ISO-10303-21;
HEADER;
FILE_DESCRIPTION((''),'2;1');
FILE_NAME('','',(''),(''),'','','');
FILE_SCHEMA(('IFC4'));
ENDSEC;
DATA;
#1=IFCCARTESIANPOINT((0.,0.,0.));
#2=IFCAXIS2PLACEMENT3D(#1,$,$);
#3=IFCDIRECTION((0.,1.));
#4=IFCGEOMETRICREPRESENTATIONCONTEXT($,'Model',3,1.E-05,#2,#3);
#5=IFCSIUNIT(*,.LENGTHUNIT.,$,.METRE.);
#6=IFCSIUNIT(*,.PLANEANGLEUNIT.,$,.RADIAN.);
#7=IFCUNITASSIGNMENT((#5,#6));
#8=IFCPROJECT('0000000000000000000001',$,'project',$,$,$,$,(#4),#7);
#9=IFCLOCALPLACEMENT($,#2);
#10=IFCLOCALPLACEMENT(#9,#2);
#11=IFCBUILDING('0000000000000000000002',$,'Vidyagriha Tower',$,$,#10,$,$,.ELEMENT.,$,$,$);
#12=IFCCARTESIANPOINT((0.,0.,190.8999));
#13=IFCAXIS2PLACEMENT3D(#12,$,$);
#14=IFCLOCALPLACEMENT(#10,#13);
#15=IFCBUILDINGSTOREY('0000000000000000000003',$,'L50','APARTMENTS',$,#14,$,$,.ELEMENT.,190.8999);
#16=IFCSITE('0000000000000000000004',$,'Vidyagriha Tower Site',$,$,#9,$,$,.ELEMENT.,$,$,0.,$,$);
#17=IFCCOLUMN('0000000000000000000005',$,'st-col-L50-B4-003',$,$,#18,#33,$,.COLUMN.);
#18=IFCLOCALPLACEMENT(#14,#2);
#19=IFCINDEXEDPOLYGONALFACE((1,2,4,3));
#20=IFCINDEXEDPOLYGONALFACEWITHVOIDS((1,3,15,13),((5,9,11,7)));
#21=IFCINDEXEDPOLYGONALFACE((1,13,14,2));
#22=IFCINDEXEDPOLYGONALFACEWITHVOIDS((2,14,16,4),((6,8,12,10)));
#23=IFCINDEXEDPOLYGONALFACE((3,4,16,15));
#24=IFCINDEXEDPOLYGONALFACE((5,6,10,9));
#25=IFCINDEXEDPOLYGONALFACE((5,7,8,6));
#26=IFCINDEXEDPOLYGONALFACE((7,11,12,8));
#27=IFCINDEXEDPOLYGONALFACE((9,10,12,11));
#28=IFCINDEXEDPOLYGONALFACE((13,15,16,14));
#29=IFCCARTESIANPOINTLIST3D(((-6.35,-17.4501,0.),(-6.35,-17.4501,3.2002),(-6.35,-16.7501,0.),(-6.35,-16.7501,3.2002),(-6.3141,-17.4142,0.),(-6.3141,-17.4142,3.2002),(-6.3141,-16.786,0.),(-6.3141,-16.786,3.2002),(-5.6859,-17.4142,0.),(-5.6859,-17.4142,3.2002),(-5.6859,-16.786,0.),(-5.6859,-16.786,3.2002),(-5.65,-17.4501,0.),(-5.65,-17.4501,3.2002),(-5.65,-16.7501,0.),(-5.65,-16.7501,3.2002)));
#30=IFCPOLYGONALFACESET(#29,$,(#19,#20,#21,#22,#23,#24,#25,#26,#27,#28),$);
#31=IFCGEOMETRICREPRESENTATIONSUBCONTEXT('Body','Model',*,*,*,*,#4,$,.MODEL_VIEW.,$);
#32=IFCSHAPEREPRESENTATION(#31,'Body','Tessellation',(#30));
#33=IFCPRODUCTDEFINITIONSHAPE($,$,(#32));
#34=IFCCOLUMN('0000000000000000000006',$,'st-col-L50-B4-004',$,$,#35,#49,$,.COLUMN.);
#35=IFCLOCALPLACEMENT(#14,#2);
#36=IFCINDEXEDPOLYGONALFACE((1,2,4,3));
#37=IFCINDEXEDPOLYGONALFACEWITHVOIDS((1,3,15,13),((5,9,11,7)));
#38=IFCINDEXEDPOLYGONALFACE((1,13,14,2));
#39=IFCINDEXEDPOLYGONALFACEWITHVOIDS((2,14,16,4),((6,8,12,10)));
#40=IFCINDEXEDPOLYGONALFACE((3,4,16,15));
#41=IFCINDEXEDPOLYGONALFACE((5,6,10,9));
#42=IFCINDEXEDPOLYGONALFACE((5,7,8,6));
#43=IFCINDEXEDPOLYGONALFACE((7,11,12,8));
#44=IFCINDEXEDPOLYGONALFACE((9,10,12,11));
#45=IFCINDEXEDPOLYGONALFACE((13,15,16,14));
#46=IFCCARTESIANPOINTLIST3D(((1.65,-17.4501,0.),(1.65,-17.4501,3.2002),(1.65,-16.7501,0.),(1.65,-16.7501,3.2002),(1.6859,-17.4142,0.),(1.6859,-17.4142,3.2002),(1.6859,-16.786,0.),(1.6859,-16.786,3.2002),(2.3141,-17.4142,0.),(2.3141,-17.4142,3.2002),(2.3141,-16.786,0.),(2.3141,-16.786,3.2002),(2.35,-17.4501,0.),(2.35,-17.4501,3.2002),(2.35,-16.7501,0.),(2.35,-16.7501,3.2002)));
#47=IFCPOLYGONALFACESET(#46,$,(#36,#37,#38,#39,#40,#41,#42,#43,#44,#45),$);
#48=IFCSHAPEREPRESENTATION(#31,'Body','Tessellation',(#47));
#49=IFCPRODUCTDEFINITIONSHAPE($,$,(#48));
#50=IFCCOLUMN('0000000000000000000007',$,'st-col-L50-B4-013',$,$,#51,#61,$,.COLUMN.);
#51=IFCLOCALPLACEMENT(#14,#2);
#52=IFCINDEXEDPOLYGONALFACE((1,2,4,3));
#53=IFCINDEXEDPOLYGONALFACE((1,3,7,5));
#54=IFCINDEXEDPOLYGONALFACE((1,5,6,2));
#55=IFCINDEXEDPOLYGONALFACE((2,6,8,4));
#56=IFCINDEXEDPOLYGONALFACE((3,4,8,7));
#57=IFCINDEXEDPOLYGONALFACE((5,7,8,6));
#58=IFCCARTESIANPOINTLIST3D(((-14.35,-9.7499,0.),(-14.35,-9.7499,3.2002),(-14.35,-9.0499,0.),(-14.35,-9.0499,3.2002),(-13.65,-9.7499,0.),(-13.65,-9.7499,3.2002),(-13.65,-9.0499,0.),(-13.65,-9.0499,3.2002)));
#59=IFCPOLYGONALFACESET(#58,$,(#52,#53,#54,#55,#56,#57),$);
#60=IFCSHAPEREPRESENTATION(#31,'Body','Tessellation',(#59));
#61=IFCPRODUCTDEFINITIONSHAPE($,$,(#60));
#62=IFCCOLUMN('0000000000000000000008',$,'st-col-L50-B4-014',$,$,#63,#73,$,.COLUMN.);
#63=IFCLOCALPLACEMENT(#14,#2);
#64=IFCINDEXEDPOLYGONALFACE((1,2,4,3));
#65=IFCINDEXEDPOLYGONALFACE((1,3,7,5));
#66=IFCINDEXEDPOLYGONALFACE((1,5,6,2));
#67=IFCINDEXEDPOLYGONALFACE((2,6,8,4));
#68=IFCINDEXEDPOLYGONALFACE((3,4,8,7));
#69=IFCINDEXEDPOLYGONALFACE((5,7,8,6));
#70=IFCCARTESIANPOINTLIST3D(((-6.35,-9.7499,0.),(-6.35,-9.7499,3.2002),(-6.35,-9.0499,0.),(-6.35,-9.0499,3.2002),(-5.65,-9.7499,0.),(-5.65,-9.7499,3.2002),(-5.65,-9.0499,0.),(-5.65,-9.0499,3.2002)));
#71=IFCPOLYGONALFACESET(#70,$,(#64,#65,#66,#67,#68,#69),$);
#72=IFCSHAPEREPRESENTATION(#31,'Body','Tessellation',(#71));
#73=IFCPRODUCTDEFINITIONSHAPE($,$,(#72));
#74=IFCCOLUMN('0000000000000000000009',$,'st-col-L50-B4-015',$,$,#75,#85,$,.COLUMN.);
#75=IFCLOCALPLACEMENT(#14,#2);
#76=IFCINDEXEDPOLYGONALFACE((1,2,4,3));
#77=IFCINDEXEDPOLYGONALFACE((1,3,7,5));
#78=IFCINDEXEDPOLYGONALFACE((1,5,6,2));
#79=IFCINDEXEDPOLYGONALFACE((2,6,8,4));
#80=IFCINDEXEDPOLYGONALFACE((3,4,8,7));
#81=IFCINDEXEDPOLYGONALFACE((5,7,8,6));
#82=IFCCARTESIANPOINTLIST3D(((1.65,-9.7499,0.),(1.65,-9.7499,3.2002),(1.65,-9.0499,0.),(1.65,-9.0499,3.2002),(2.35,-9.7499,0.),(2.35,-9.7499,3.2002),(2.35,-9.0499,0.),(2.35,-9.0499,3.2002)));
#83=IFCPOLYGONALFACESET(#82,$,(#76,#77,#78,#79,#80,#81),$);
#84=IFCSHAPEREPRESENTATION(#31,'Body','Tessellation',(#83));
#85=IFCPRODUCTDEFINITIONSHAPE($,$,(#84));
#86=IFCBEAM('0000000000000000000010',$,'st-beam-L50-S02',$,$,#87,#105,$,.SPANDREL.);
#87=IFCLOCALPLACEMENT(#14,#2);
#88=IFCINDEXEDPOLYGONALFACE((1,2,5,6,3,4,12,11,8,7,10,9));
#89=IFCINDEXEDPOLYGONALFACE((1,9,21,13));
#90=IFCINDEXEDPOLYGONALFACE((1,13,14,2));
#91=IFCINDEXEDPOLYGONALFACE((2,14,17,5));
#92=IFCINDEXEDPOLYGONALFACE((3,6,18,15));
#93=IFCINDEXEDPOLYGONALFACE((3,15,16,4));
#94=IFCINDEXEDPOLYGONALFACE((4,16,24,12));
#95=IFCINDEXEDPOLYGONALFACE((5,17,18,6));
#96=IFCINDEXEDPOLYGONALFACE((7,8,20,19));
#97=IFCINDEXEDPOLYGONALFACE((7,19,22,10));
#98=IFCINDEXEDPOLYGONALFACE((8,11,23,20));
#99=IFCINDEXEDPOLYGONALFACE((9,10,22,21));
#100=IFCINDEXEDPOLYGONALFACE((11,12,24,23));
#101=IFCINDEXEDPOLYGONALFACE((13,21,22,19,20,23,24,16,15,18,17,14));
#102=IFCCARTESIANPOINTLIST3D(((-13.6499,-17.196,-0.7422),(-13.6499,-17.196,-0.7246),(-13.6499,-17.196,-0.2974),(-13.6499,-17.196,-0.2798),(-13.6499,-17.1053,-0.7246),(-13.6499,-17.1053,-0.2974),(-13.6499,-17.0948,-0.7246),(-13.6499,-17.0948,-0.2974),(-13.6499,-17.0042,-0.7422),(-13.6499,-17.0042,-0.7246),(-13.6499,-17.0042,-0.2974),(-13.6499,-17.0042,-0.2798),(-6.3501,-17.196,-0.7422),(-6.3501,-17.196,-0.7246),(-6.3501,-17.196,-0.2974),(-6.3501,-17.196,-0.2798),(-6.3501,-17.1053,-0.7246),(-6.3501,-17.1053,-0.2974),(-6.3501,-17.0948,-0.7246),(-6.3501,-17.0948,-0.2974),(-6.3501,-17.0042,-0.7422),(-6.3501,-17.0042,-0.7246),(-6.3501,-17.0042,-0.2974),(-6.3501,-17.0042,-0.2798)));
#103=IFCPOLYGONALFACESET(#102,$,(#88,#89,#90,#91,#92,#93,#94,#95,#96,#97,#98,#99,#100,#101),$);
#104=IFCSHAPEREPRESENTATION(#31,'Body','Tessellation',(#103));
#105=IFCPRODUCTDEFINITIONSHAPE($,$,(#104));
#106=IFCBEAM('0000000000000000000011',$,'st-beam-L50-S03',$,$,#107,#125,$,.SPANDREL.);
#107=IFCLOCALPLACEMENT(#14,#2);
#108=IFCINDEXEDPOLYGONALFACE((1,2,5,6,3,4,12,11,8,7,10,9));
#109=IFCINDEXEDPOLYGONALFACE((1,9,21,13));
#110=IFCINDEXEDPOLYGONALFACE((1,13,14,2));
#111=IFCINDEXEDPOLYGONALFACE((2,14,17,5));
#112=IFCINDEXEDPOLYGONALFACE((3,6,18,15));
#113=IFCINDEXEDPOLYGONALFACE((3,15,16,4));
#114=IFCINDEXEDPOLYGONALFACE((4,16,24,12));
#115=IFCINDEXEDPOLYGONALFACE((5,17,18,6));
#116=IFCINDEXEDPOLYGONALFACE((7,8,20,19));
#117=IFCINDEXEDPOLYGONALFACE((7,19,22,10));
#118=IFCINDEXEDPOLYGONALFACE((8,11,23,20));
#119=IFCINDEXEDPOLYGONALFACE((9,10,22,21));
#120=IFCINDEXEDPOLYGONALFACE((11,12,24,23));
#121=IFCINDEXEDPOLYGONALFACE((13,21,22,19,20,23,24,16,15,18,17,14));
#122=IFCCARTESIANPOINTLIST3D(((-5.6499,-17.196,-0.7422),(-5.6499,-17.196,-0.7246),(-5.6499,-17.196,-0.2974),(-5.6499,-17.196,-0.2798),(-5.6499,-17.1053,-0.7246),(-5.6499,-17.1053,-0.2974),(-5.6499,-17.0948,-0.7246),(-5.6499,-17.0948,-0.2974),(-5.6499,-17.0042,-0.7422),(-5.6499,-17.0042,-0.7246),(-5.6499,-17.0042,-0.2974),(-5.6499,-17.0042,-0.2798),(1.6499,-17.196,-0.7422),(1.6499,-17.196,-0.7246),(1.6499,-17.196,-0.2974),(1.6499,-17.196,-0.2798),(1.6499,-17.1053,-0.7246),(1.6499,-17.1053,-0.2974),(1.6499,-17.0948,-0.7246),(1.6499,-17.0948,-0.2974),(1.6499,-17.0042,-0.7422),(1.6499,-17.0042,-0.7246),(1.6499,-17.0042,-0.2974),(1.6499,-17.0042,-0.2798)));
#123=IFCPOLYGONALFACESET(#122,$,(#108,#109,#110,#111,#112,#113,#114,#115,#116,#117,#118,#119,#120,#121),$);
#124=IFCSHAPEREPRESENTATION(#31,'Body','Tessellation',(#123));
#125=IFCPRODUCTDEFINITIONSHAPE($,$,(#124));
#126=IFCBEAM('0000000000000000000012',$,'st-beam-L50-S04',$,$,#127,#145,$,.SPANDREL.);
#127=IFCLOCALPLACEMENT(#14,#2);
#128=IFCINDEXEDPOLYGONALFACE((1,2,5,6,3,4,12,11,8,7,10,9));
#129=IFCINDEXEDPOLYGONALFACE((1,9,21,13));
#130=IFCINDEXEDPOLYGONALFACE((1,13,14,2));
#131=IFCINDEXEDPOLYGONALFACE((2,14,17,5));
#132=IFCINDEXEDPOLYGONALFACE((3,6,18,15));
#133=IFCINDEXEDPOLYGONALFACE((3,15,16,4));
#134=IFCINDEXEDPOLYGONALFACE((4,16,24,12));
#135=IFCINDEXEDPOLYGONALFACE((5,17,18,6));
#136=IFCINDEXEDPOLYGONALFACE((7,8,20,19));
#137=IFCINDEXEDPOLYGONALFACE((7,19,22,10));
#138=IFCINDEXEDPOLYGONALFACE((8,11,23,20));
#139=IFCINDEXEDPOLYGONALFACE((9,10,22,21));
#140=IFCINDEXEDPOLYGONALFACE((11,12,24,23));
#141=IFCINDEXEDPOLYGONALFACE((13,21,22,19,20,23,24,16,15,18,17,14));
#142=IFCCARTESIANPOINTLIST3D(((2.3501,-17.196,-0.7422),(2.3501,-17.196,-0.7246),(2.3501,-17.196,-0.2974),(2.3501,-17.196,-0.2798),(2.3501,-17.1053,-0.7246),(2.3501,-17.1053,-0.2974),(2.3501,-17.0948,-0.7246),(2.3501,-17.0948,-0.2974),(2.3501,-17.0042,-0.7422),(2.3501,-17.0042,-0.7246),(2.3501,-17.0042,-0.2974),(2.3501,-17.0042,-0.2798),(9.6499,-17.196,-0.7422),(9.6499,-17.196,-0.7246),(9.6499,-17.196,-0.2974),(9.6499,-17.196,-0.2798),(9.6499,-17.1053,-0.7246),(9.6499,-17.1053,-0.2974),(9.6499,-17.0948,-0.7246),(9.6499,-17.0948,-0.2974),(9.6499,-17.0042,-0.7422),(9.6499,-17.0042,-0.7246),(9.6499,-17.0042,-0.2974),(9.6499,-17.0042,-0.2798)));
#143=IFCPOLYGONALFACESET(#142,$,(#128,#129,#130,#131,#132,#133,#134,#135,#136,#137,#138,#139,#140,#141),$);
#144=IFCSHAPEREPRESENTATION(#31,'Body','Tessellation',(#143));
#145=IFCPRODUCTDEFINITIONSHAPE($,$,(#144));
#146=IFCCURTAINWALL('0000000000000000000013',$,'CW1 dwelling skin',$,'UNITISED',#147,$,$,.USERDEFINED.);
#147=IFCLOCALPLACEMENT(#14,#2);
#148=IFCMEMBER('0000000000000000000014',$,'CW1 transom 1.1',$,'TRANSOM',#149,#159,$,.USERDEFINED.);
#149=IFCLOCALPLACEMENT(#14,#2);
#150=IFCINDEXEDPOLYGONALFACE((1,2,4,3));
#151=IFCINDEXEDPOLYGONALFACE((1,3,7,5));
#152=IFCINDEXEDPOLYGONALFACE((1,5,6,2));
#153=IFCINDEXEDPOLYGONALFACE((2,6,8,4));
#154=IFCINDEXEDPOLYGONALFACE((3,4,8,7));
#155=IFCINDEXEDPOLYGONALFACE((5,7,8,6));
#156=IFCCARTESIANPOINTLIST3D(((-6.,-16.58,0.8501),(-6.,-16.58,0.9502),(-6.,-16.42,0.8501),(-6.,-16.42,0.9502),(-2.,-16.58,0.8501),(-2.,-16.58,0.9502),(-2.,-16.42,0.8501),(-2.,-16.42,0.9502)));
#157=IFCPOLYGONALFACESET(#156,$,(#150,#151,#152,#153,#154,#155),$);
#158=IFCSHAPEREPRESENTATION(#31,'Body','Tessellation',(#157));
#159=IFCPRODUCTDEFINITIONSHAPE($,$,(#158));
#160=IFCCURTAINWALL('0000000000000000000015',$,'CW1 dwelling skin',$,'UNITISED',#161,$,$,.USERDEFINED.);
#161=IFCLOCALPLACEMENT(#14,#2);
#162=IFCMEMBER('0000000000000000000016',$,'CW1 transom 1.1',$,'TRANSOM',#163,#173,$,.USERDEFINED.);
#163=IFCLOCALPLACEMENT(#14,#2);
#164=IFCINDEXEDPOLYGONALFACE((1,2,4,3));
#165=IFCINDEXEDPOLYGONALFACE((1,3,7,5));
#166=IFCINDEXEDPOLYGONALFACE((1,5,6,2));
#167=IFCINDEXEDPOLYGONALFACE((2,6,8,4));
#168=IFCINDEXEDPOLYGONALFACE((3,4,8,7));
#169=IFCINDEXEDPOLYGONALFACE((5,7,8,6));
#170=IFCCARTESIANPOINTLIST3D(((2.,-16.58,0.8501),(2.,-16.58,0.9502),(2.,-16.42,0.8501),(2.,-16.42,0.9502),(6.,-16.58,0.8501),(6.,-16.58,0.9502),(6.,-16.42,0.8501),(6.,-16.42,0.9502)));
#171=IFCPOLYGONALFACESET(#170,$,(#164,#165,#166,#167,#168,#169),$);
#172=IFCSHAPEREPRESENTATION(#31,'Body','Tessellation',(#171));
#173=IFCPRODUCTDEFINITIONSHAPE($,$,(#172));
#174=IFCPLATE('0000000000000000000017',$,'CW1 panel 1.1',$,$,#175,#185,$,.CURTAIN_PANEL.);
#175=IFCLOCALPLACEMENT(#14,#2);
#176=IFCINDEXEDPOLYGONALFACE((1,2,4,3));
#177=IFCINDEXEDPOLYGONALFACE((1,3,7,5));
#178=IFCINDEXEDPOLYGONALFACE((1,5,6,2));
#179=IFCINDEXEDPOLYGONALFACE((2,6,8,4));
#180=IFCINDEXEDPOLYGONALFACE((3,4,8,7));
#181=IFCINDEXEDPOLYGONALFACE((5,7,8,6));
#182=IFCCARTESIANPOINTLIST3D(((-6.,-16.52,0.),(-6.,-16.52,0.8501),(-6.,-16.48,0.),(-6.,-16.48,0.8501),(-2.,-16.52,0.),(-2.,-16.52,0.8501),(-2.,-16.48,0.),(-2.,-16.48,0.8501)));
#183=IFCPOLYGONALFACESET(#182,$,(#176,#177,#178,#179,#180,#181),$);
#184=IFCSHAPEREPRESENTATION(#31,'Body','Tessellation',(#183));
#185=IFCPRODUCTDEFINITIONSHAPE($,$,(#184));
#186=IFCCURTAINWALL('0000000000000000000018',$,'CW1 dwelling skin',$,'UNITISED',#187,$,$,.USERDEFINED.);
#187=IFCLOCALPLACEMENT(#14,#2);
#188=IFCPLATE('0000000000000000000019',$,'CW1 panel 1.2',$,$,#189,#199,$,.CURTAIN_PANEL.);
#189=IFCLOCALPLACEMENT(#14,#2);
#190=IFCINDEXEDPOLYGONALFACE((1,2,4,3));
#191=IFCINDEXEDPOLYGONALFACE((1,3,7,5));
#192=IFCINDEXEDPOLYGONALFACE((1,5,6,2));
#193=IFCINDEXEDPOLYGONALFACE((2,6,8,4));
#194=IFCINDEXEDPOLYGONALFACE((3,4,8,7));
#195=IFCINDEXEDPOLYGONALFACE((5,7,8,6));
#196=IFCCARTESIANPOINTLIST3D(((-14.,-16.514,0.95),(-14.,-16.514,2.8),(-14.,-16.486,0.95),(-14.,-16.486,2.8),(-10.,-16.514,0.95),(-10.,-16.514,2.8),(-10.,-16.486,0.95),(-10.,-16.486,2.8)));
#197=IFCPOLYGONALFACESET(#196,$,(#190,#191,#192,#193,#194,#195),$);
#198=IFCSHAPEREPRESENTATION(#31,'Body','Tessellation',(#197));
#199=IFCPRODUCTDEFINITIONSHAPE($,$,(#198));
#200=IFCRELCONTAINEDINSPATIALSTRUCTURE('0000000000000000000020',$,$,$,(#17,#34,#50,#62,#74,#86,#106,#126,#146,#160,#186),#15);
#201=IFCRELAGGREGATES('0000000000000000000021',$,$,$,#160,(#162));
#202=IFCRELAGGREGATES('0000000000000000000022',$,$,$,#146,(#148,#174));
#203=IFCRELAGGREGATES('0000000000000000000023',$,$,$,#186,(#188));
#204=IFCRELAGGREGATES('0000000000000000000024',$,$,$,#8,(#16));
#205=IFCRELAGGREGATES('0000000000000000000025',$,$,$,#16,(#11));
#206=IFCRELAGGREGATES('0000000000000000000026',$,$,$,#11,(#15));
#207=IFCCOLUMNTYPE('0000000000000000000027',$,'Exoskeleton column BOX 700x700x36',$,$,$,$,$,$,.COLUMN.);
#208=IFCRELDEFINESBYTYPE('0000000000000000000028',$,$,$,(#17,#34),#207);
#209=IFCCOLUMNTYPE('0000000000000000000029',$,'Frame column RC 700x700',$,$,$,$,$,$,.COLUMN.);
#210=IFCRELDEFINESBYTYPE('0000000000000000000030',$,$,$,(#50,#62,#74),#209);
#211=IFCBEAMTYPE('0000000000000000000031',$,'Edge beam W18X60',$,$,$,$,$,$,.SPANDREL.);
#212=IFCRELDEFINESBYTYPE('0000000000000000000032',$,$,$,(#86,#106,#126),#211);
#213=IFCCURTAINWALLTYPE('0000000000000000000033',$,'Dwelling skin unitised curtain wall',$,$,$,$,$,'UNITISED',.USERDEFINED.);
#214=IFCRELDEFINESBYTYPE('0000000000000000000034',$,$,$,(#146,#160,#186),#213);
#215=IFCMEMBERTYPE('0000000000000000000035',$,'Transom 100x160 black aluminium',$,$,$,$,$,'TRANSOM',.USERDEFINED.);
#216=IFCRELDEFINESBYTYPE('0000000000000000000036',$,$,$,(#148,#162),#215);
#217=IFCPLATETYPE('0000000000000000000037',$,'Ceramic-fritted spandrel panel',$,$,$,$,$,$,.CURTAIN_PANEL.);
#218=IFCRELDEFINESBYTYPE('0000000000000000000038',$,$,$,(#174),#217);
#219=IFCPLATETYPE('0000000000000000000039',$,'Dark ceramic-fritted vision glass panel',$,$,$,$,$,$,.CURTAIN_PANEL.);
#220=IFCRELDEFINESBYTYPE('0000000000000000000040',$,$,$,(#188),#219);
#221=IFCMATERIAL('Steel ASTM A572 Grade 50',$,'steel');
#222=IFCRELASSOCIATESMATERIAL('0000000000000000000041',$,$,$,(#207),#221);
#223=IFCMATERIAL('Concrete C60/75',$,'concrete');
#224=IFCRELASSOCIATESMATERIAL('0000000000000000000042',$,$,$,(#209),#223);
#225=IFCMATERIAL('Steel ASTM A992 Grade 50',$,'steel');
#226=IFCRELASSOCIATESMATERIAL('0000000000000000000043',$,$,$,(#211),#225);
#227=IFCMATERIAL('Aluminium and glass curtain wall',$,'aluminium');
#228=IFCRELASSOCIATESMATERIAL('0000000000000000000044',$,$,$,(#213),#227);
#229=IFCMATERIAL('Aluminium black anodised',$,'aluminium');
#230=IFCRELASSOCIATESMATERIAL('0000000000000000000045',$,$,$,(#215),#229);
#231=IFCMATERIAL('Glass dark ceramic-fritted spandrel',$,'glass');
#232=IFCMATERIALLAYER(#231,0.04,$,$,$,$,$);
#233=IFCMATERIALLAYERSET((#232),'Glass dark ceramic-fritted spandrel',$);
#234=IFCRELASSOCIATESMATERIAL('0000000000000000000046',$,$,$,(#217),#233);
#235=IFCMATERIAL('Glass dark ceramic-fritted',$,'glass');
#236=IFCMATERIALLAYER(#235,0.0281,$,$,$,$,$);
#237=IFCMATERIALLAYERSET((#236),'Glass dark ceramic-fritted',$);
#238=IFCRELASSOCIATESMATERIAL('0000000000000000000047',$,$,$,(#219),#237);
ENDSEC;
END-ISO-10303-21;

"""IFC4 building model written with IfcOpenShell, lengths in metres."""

from ifc_helpers import new_model, si_unit, direction, frame, origin, origin_2d, place, context, subcontext, project, spatial, rectangle, hollow_rectangle, i_section, extrude, material, layer, layer_set, material_profile, profile_set, type_object, element, aggregate, save


model = new_model("IFC4")

# Units and contexts
model_context = context("Model", 3, precision=1e-05, world=origin(), true_north=direction((0.0, 1.0)))
body_context = subcontext(model_context, "Body", "Model", "MODEL_VIEW")
ifc_project = project(units=[si_unit("LENGTHUNIT", "METRE"), si_unit("PLANEANGLEUNIT", "RADIAN")], contexts=[model_context])

# Site, building, storey
site_placement = place(None, origin())
site = spatial("IfcSite", under=ifc_project, at=site_placement, Name="Vidyagriha Tower Site", CompositionType="ELEMENT", RefElevation=0.0)
building_placement = place(site_placement, origin())
building = spatial("IfcBuilding", under=site, at=building_placement, Name="Vidyagriha Tower", CompositionType="ELEMENT")
storey_placement = place(building_placement, frame((0.0, 0.0, 190.8999)))
storey = spatial("IfcBuildingStorey", under=building, at=storey_placement, Name="L50", Description="APARTMENTS", CompositionType="ELEMENT", Elevation=190.8999)

# Columns
ifc_material_1 = material(Name="Steel ASTM A572 Grade 50", Category="steel")
ifc_material_profile_1 = material_profile(ifc_material_1, hollow_rectangle(XDim=0.7, YDim=0.7, WallThickness=0.0359, at=origin_2d()), Name="BOX 700x700x36")
ifc_profile_set_1 = profile_set([ifc_material_profile_1], Name="Steel ASTM A572 Grade 50")
column_type_1 = type_object("IfcColumnType", Name="Exoskeleton column BOX 700x700x36", PredefinedType="COLUMN", material=ifc_profile_set_1)
for number, where, name in (
    (1, (-6.0, -17.1001, 0.0), "st-col-L50-B4-003"),
    (2, (2.0, -17.1001, 0.0), "st-col-L50-B4-004"),
):
    element("IfcColumn", number, at=place(storey_placement, frame(where)), inside=storey, type_object=column_type_1, Name=name, PredefinedType="COLUMN", context=body_context, shape_type="SweptSolid", body=[
        extrude(hollow_rectangle(XDim=0.7, YDim=0.7, WallThickness=0.0359, at=origin_2d()), origin(), (0.0, 0.0, 1.0), 3.2002),
    ])
ifc_material_2 = material(Name="Concrete C60/75", Category="concrete")
ifc_material_profile_2 = material_profile(ifc_material_2, rectangle(XDim=0.7, YDim=0.7, at=origin_2d()), Name="RC 700x700")
ifc_profile_set_2 = profile_set([ifc_material_profile_2], Name="Concrete C60/75")
column_type_2 = type_object("IfcColumnType", Name="Frame column RC 700x700", PredefinedType="COLUMN", material=ifc_profile_set_2)
for number, where, name in (
    (3, (-14.0, -9.3999, 0.0), "st-col-L50-B4-013"),
    (4, (-6.0, -9.3999, 0.0), "st-col-L50-B4-014"),
    (5, (2.0, -9.3999, 0.0), "st-col-L50-B4-015"),
):
    element("IfcColumn", number, at=place(storey_placement, frame(where)), inside=storey, type_object=column_type_2, Name=name, PredefinedType="COLUMN", context=body_context, shape_type="SweptSolid", body=[
        extrude(rectangle(XDim=0.7, YDim=0.7, at=origin_2d()), origin(), (0.0, 0.0, 1.0), 3.2002),
    ])

# Beams
ifc_material_3 = material(Name="Steel ASTM A992 Grade 50", Category="steel")
ifc_material_profile_3 = material_profile(ifc_material_3, i_section(OverallWidth=0.1919, OverallDepth=0.4624, WebThickness=0.0105, FlangeThickness=0.0176, at=origin_2d()), Name="W18X60")
ifc_profile_set_3 = profile_set([ifc_material_profile_3], Name="Steel ASTM A992 Grade 50")
beam_type = type_object("IfcBeamType", Name="Edge beam W18X60", PredefinedType="SPANDREL", material=ifc_profile_set_3)
for number, where, z_axis, x_axis, name in (
    (6, (-13.6499, -17.1001, -0.511), (1.0, 0.0, 0.0), (0.0, 1.0, 0.0), "st-beam-L50-S02"),
    (7, (-5.6499, -17.1001, -0.511), (1.0, 0.0, 0.0), (0.0, 1.0, 0.0), "st-beam-L50-S03"),
    (8, (2.3501, -17.1001, -0.511), (1.0, 0.0, 0.0), (0.0, 1.0, 0.0), "st-beam-L50-S04"),
):
    element("IfcBeam", number, at=place(storey_placement, frame(where, z_axis=z_axis, x_axis=x_axis)), inside=storey, type_object=beam_type, Name=name, PredefinedType="SPANDREL", context=body_context, shape_type="SweptSolid", body=[
        extrude(i_section(OverallWidth=0.1919, OverallDepth=0.4624, WebThickness=0.0105, FlangeThickness=0.0176, at=origin_2d()), origin(), (0.0, 0.0, 1.0), 7.2998),
    ])

# Curtain walls, members
ifc_material_4 = material(Name="Aluminium and glass curtain wall", Category="aluminium")
curtain_wall_type = type_object("IfcCurtainWallType", Name="Dwelling skin unitised curtain wall", ElementType="UNITISED", PredefinedType="USERDEFINED", material=ifc_material_4)
curtain_wall_1_placement = place(storey_placement, origin())
curtain_wall_1 = element("IfcCurtainWall", 9, at=curtain_wall_1_placement, inside=storey, type_object=curtain_wall_type, Name="CW1 dwelling skin", ObjectType="UNITISED", PredefinedType="USERDEFINED")
ifc_material_5 = material(Name="Aluminium black anodised", Category="aluminium")
ifc_material_profile_4 = material_profile(ifc_material_5, rectangle(XDim=0.1599, YDim=0.1001, at=origin_2d()), Name="Transom 100x160 black aluminium")
ifc_profile_set_4 = profile_set([ifc_material_profile_4], Name="Aluminium black anodised")
member_type = type_object("IfcMemberType", Name="Transom 100x160 black aluminium", ElementType="TRANSOM", PredefinedType="USERDEFINED", material=ifc_profile_set_4)
member_1_placement = place(storey_placement, frame((-6.0, -16.5, 0.9001), z_axis=(1.0, 0.0, 0.0), x_axis=(0.0, 1.0, 0.0)))
member_1 = element("IfcMember", 10, at=member_1_placement, type_object=member_type, Name="CW1 transom 1.1", ObjectType="TRANSOM", PredefinedType="USERDEFINED", context=body_context, shape_type="SweptSolid", body=[
    extrude(rectangle(XDim=0.1599, YDim=0.1001, at=origin_2d()), origin(), (0.0, 0.0, 1.0), 4.0),
])
curtain_wall_2_placement = place(storey_placement, origin())
curtain_wall_2 = element("IfcCurtainWall", 11, at=curtain_wall_2_placement, inside=storey, type_object=curtain_wall_type, Name="CW1 dwelling skin", ObjectType="UNITISED", PredefinedType="USERDEFINED")
member_2_placement = place(storey_placement, frame((2.0, -16.5, 0.9001), z_axis=(1.0, 0.0, 0.0), x_axis=(0.0, 1.0, 0.0)))
member_2 = element("IfcMember", 12, at=member_2_placement, type_object=member_type, Name="CW1 transom 1.1", ObjectType="TRANSOM", PredefinedType="USERDEFINED", context=body_context, shape_type="SweptSolid", body=[
    extrude(rectangle(XDim=0.1599, YDim=0.1001, at=origin_2d()), origin(), (0.0, 0.0, 1.0), 4.0),
])
aggregate(curtain_wall_2, [member_2])

# Plate
ifc_material_6 = material(Name="Glass dark ceramic-fritted spandrel", Category="glass")
ifc_layer_1 = layer(ifc_material_6, 0.04)
ifc_layer_set_1 = layer_set([ifc_layer_1], Name="Glass dark ceramic-fritted spandrel")
plate_type_1 = type_object("IfcPlateType", Name="Ceramic-fritted spandrel panel", PredefinedType="CURTAIN_PANEL", material=ifc_layer_set_1)
plate_1_placement = place(storey_placement, frame((-4.0, -16.5, 0.0)))
plate_1 = element("IfcPlate", 13, at=plate_1_placement, type_object=plate_type_1, Name="CW1 panel 1.1", PredefinedType="CURTAIN_PANEL", context=body_context, shape_type="SweptSolid", body=[
    extrude(rectangle(XDim=4.0, YDim=0.04, at=origin_2d()), origin(), (0.0, 0.0, 1.0), 0.8501),
])

# Curtain wall, plate
curtain_wall_3_placement = place(storey_placement, origin())
curtain_wall_3 = element("IfcCurtainWall", 14, at=curtain_wall_3_placement, inside=storey, type_object=curtain_wall_type, Name="CW1 dwelling skin", ObjectType="UNITISED", PredefinedType="USERDEFINED")
ifc_material_7 = material(Name="Glass dark ceramic-fritted", Category="glass")
ifc_layer_2 = layer(ifc_material_7, 0.0281)
ifc_layer_set_2 = layer_set([ifc_layer_2], Name="Glass dark ceramic-fritted")
plate_type_2 = type_object("IfcPlateType", Name="Dark ceramic-fritted vision glass panel", PredefinedType="CURTAIN_PANEL", material=ifc_layer_set_2)
plate_2_placement = place(storey_placement, frame((-12.0, -16.5, 0.95)))
plate_2 = element("IfcPlate", 15, at=plate_2_placement, type_object=plate_type_2, Name="CW1 panel 1.2", PredefinedType="CURTAIN_PANEL", context=body_context, shape_type="SweptSolid", body=[
    extrude(rectangle(XDim=4.0, YDim=0.0281, at=origin_2d()), origin(), (0.0, 0.0, 1.0), 1.8501),
])

aggregate(curtain_wall_1, [member_1, plate_1])
aggregate(curtain_wall_3, [plate_2])

save(model, "model.ifc")
